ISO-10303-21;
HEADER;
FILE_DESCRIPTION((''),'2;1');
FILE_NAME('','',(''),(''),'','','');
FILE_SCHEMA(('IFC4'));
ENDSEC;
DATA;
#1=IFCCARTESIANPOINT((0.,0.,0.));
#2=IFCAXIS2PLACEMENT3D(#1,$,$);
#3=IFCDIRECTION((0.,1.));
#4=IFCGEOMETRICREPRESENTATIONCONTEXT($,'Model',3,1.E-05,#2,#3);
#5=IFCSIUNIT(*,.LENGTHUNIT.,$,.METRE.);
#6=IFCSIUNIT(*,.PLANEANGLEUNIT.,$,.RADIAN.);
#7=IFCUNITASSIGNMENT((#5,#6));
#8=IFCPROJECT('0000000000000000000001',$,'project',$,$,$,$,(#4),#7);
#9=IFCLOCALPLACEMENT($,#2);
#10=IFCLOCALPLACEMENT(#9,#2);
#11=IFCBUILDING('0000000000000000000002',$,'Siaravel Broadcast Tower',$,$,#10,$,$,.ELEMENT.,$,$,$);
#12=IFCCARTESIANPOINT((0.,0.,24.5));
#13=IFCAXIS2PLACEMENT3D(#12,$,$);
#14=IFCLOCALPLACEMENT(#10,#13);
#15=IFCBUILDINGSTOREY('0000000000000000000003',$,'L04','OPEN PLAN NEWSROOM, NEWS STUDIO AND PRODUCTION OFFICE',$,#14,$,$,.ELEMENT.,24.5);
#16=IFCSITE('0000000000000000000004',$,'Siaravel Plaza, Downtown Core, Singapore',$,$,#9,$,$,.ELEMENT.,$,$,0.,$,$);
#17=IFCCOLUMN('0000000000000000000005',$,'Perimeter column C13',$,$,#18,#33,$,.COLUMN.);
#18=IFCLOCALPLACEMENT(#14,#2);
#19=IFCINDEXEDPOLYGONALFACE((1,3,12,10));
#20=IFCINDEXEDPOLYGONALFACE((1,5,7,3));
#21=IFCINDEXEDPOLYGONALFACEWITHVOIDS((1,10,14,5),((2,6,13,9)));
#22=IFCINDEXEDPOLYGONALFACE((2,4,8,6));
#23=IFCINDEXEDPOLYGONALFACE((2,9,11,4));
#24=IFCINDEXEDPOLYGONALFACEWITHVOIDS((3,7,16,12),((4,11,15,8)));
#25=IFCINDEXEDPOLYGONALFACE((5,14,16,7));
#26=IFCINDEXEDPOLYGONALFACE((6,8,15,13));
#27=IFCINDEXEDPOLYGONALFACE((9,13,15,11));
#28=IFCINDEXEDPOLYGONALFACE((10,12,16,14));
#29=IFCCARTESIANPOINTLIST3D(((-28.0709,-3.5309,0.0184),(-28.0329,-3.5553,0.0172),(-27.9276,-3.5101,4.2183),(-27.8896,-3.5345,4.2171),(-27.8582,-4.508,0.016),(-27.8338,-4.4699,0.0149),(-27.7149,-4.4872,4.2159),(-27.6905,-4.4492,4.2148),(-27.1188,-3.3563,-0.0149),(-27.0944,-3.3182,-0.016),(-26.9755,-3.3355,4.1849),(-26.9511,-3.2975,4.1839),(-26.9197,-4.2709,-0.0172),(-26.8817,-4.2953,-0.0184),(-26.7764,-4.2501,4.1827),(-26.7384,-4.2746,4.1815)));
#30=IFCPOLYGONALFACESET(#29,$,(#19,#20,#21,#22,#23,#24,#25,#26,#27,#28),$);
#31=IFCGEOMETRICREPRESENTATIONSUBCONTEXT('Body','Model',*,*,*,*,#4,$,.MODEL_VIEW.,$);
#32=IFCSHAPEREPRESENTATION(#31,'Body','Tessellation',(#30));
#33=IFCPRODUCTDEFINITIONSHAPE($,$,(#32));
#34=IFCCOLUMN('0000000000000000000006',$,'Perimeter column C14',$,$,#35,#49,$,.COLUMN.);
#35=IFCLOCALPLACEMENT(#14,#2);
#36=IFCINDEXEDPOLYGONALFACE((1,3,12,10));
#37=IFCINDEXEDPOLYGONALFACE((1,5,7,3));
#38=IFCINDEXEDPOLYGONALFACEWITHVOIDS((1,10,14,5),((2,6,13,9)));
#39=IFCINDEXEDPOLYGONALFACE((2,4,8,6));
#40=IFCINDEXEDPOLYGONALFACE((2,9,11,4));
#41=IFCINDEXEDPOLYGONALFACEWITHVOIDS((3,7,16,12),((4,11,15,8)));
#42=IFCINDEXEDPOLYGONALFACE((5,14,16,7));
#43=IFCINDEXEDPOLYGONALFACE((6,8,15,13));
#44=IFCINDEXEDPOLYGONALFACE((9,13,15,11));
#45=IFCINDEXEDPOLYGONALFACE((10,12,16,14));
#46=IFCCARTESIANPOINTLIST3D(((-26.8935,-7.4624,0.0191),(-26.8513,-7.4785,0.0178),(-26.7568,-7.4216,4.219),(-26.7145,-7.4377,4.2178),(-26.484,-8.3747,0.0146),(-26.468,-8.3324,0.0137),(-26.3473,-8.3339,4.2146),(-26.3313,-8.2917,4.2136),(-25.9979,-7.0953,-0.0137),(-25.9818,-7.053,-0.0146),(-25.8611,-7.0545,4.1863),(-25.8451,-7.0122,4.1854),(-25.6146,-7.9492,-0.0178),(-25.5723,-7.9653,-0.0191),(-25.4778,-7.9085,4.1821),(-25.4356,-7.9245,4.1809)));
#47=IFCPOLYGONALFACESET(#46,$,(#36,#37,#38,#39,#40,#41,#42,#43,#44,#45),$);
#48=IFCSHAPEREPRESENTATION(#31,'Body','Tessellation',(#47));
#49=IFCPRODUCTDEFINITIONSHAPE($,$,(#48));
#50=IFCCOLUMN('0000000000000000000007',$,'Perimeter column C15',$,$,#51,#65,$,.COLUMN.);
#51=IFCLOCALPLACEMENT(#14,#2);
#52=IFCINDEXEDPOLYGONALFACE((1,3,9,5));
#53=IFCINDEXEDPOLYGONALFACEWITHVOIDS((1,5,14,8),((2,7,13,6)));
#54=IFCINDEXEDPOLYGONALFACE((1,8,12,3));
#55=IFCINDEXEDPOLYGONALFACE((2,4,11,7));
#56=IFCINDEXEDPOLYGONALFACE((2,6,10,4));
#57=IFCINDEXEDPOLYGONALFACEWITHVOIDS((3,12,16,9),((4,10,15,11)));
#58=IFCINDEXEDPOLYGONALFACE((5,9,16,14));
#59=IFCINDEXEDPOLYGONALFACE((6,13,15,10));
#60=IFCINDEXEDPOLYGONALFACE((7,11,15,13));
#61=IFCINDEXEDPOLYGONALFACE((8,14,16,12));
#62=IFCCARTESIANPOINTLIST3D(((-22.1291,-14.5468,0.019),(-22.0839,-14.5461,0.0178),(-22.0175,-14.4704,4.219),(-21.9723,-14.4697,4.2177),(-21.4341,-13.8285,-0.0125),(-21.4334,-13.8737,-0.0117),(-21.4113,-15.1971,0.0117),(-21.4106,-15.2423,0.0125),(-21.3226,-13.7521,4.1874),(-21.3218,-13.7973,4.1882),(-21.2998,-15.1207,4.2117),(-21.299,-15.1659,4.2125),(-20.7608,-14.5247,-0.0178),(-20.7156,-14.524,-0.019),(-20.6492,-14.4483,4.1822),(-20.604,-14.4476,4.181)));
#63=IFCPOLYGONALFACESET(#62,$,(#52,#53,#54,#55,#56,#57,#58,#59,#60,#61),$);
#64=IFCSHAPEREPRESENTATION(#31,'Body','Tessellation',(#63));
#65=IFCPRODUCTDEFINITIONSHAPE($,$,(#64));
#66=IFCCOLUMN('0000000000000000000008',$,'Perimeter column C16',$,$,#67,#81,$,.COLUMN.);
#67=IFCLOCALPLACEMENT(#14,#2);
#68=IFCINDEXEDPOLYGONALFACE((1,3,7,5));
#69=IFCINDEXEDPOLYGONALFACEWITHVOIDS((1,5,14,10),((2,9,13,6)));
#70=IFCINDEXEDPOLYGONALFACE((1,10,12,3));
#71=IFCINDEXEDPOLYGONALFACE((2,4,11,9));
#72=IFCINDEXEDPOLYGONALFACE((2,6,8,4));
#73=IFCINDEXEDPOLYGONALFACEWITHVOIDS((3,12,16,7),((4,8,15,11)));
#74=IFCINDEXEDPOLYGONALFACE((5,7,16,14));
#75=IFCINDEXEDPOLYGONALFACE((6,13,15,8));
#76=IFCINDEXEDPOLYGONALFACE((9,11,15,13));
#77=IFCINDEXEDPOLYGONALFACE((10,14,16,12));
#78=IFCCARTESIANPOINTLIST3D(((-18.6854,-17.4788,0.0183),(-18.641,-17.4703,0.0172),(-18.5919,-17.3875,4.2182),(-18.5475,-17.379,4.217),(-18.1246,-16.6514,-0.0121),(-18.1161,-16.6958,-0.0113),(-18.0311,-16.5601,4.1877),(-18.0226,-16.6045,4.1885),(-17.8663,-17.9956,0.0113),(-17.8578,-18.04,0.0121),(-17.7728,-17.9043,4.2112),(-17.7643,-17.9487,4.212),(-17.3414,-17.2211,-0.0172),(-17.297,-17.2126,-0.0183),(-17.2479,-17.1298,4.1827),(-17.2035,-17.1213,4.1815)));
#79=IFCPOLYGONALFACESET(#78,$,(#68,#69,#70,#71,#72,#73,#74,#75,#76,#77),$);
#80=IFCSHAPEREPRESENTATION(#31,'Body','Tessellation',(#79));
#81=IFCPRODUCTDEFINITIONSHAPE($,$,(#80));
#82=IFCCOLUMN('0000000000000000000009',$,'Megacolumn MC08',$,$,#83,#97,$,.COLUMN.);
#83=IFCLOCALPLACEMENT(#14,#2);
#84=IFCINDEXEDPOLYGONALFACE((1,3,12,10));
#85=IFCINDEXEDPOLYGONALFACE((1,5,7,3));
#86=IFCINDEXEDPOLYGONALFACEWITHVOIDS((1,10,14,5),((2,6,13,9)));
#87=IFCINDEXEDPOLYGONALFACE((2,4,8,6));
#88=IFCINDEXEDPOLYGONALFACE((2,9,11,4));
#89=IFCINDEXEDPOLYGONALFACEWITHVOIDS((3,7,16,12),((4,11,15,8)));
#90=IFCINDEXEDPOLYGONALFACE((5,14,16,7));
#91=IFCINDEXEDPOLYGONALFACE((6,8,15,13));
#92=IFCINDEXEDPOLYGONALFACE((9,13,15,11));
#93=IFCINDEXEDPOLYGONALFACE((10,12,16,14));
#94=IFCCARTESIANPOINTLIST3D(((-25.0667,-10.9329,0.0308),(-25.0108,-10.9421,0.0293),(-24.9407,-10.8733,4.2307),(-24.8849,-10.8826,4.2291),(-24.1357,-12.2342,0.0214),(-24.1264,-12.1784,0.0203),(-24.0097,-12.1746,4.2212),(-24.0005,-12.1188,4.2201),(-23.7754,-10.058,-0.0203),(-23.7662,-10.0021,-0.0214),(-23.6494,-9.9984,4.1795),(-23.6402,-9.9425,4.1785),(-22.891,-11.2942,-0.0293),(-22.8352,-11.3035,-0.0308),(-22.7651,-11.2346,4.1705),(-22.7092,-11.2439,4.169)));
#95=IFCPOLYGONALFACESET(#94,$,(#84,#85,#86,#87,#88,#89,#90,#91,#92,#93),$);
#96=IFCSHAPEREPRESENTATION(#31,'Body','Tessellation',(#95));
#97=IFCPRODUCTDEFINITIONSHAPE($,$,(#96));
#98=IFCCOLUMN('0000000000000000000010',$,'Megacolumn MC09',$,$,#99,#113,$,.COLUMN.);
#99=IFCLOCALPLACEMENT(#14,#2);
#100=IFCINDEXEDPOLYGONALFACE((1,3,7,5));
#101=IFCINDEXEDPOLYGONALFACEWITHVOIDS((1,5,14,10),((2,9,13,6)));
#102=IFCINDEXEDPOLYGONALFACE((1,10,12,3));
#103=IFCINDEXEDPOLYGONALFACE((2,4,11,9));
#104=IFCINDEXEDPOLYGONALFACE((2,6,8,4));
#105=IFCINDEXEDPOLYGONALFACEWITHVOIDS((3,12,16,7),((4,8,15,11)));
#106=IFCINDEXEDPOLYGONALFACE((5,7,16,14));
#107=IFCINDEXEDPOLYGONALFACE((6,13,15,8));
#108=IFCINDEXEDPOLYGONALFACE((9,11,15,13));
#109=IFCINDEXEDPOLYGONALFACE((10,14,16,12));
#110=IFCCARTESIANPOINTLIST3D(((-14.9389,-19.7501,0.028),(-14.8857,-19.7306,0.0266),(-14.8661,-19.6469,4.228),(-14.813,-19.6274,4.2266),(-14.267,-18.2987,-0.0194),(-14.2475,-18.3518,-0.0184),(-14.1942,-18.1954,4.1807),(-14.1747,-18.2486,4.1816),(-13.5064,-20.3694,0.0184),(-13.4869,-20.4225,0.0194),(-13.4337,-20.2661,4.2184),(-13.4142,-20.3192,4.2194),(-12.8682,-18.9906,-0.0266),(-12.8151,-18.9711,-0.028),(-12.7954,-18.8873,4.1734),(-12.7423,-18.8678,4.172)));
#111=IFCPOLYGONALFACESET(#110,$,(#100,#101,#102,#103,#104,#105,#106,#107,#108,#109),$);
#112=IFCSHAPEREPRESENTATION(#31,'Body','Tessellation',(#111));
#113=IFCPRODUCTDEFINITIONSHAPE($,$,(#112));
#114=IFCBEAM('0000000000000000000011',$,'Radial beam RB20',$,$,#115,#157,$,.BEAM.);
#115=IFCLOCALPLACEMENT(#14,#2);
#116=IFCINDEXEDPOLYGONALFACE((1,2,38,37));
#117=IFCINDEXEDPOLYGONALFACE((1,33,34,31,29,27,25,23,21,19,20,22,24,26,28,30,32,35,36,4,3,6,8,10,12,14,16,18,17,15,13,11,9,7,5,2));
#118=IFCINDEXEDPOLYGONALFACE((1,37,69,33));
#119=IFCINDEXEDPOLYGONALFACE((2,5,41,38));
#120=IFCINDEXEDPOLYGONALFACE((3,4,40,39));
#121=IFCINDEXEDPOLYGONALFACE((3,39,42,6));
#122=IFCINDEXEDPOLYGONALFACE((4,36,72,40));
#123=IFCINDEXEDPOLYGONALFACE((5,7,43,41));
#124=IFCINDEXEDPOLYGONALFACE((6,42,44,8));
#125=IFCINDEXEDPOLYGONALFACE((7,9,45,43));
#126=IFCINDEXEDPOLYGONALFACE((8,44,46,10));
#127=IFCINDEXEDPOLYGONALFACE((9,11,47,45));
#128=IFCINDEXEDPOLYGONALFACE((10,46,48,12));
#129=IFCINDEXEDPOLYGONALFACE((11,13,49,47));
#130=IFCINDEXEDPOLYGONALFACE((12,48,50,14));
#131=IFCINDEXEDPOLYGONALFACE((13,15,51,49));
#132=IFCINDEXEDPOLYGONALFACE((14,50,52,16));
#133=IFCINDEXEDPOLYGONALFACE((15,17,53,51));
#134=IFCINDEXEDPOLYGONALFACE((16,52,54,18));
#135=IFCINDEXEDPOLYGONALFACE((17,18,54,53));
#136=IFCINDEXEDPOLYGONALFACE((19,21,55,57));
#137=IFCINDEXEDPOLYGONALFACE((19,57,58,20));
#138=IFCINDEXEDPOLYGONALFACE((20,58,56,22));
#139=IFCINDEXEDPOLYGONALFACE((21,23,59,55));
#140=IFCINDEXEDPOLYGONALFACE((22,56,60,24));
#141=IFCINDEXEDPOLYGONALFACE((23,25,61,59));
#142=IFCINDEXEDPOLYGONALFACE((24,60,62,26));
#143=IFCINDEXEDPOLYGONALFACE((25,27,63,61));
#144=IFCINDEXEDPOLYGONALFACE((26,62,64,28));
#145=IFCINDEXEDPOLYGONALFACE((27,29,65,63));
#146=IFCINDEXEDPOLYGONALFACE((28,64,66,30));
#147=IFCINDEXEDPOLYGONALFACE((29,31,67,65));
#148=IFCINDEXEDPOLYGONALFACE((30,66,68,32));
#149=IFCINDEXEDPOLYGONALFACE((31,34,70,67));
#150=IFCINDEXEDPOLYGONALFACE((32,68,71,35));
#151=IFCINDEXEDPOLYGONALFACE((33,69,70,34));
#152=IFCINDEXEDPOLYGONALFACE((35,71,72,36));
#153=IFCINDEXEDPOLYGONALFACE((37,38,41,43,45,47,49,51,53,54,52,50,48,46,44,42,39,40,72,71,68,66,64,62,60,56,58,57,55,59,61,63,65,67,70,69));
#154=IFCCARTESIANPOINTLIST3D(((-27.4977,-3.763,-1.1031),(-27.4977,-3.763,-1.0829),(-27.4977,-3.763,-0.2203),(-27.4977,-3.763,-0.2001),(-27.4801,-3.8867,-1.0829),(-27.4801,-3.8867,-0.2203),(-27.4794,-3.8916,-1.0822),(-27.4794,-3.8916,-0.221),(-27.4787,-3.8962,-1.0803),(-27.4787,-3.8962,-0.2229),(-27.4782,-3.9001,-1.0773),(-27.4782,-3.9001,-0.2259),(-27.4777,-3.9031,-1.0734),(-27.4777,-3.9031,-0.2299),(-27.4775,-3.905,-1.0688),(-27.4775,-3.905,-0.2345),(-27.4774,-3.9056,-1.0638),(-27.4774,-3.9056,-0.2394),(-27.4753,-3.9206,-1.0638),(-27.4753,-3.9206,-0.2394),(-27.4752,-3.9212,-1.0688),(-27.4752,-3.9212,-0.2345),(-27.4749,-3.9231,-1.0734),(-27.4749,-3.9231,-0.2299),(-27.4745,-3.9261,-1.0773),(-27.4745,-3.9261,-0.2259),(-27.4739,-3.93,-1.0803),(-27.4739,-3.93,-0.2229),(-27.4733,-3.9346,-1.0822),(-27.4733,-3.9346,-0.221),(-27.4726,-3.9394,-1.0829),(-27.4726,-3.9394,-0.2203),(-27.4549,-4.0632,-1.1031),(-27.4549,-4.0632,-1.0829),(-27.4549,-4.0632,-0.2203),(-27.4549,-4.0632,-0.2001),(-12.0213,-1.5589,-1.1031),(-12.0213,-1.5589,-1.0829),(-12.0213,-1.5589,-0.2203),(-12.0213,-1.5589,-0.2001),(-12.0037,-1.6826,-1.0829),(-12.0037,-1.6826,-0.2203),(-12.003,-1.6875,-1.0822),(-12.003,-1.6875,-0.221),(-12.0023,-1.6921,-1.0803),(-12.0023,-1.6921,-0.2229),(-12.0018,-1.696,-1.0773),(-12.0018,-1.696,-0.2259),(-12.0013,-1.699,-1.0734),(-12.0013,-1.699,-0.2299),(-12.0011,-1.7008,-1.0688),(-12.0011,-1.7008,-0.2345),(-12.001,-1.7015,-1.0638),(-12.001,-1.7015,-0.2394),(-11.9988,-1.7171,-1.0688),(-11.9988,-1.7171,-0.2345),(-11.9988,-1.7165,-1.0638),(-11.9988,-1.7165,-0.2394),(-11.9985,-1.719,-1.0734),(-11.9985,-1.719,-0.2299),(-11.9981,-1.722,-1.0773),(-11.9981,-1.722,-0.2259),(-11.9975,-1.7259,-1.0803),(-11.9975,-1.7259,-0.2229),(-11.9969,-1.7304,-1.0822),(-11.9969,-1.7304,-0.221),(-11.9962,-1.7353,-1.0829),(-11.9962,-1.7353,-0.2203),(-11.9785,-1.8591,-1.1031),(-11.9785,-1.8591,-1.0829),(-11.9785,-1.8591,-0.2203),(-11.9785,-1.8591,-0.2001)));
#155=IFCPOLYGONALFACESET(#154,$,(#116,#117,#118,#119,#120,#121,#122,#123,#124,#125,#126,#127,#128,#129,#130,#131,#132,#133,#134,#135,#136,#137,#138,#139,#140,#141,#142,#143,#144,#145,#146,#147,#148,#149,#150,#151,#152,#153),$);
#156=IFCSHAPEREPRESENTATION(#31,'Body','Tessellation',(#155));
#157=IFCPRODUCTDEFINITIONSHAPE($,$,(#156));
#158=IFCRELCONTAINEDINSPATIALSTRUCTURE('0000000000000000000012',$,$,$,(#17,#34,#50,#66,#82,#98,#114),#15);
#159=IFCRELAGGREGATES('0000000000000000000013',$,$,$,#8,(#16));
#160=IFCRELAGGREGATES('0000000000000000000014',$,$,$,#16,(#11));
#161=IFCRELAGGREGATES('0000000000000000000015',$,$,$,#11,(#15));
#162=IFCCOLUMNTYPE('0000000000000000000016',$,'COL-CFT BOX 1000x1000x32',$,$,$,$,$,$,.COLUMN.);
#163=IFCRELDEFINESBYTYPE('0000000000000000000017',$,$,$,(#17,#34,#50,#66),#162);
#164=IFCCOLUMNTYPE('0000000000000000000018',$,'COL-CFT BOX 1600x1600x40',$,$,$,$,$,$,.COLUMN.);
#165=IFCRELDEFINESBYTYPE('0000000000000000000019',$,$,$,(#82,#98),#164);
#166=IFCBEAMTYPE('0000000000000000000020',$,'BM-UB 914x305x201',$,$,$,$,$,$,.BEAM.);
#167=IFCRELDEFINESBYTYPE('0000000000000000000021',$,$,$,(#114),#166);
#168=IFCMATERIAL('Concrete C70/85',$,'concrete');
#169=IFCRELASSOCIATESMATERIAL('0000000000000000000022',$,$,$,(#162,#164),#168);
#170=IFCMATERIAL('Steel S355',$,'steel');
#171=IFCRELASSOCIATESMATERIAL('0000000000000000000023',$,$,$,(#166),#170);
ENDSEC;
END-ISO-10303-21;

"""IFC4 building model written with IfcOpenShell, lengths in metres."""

from ifc_helpers import new_model, si_unit, direction, frame, origin, origin_2d, place, context, subcontext, project, spatial, hollow_rectangle, i_section, extrude, material, material_profile, profile_set, type_object, element, save


model = new_model("IFC4")

# Units and contexts
model_context = context("Model", 3, precision=1e-05, world=origin(), true_north=direction((0.0, 1.0)))
body_context = subcontext(model_context, "Body", "Model", "MODEL_VIEW")
ifc_project = project(units=[si_unit("LENGTHUNIT", "METRE"), si_unit("PLANEANGLEUNIT", "RADIAN")], contexts=[model_context])

# Site, building, storey
site_placement = place(None, origin())
site = spatial("IfcSite", under=ifc_project, at=site_placement, Name="Siaravel Plaza, Downtown Core, Singapore", CompositionType="ELEMENT", RefElevation=0.0)
building_placement = place(site_placement, origin())
building = spatial("IfcBuilding", under=site, at=building_placement, Name="Siaravel Broadcast Tower", CompositionType="ELEMENT")
storey_placement = place(building_placement, frame((0.0, 0.0, 24.5)))
storey = spatial("IfcBuildingStorey", under=building, at=storey_placement, Name="L04", Description="OPEN PLAN NEWSROOM, NEWS STUDIO AND PRODUCTION OFFICE", CompositionType="ELEMENT", Elevation=24.5)

# Columns
ifc_material_1 = material(Name="Concrete C70/85", Category="concrete")
ifc_material_profile_1 = material_profile(ifc_material_1, hollow_rectangle(XDim=1.0, YDim=1.0, WallThickness=0.032, at=origin_2d()))
ifc_profile_set_1 = profile_set([ifc_material_profile_1], Name="Concrete C70/85")
column_type_1 = type_object("IfcColumnType", Name="COL-CFT BOX 1000x1000x32", PredefinedType="COLUMN", material=ifc_profile_set_1)
for number, where, z_axis, x_axis, name in (
    (1, (-27.4763, -3.9131, 0.0), (0.034102, 0.004938, 0.999406), (-0.212689, 0.977117, 0.002429), "Perimeter column C13"),
    (2, (-26.2329, -7.7139, 0.0), (0.032534, 0.009702, 0.999424), (-0.409489, 0.912304, 0.004474), "Perimeter column C14"),
):
    element("IfcColumn", number, at=place(storey_placement, frame(where, z_axis=z_axis, x_axis=x_axis)), inside=storey, type_object=column_type_1, Name=name, PredefinedType="COLUMN", context=body_context, shape_type="SweptSolid", body=[
        extrude(hollow_rectangle(XDim=1.0, YDim=1.0, WallThickness=0.032, at=origin_2d()), origin(), (0.0, 0.0, 1.0), 4.2024),
    ])
column_1_placement = place(storey_placement, frame((-21.4224, -14.5354, 0.0), z_axis=(0.026551, 0.018185, 0.999482), x_axis=(-0.71853, 0.695466, 0.006434)))
element("IfcColumn", 3, at=column_1_placement, inside=storey, type_object=column_type_1, Name="Perimeter column C15", PredefinedType="COLUMN", context=body_context, shape_type="SweptSolid", body=[
    extrude(hollow_rectangle(XDim=1.0, YDim=1.0, WallThickness=0.032, at=origin_2d()), origin(), (0.0, 0.0, 1.0), 4.2021),
])
column_2_placement = place(storey_placement, frame((-17.9912, -17.3457, 0.0), z_axis=(0.022253, 0.02173, 0.999516), x_axis=(-0.827637, 0.561229, 0.006225)))
element("IfcColumn", 4, at=column_2_placement, inside=storey, type_object=column_type_1, Name="Perimeter column C16", PredefinedType="COLUMN", context=body_context, shape_type="SweptSolid", body=[
    extrude(hollow_rectangle(XDim=1.0, YDim=1.0, WallThickness=0.032, at=origin_2d()), origin(), (0.0, 0.0, 1.0), 4.2019),
])
ifc_material_profile_2 = material_profile(ifc_material_1, hollow_rectangle(XDim=1.6001, YDim=1.6001, WallThickness=0.04, at=origin_2d()))
ifc_profile_set_2 = profile_set([ifc_material_profile_2], Name="Concrete C70/85")
column_type_2 = type_object("IfcColumnType", Name="COL-CFT BOX 1600x1600x40", PredefinedType="COLUMN", material=ifc_profile_set_2)
column_3_placement = place(storey_placement, frame((-23.9509, -11.1182, 0.0), z_axis=(0.029978, 0.014176, 0.99945), x_axis=(-0.581821, 0.813295, 0.005916)))
element("IfcColumn", 5, at=column_3_placement, inside=storey, type_object=column_type_2, Name="Megacolumn MC08", PredefinedType="COLUMN", context=body_context, shape_type="SweptSolid", body=[
    extrude(hollow_rectangle(XDim=1.6001, YDim=1.6001, WallThickness=0.04, at=origin_2d()), origin(), (0.0, 0.0, 1.0), 4.2021),
])
column_4_placement = place(storey_placement, frame((-13.877, -19.3606, 0.0), z_axis=(0.017315, 0.024578, 0.999548), x_axis=(-0.907413, 0.420205, 0.005386)))
element("IfcColumn", 6, at=column_4_placement, inside=storey, type_object=column_type_2, Name="Megacolumn MC09", PredefinedType="COLUMN", context=body_context, shape_type="SweptSolid", body=[
    extrude(hollow_rectangle(XDim=1.6001, YDim=1.6001, WallThickness=0.04, at=origin_2d()), origin(), (0.0, 0.0, 1.0), 4.2019),
])

# Beam
ifc_material_2 = material(Name="Steel S355", Category="steel")
ifc_material_profile_3 = material_profile(ifc_material_2, i_section(OverallWidth=0.3032, OverallDepth=0.9031, WebThickness=0.0151, FlangeThickness=0.0203, FilletRadius=0.019, at=origin_2d()))
ifc_profile_set_3 = profile_set([ifc_material_profile_3], Name="Steel S355")
beam_type = type_object("IfcBeamType", Name="BM-UB 914x305x201", PredefinedType="BEAM", material=ifc_profile_set_3)
beam_1_placement = place(storey_placement, frame((-27.4763, -3.9131, -0.6516), z_axis=(0.99001, 0.140995, 0.0), x_axis=(-0.140995, 0.99001, 0.0)))
element("IfcBeam", 7, at=beam_1_placement, inside=storey, type_object=beam_type, Name="Radial beam RB20", PredefinedType="BEAM", context=body_context, shape_type="SweptSolid", body=[
    extrude(i_section(OverallWidth=0.3032, OverallDepth=0.9031, WebThickness=0.0151, FlangeThickness=0.0203, FilletRadius=0.019, at=origin_2d()), origin(), (0.0, 0.0, 1.0), 15.6326),
])

save(model, "model.ifc")
